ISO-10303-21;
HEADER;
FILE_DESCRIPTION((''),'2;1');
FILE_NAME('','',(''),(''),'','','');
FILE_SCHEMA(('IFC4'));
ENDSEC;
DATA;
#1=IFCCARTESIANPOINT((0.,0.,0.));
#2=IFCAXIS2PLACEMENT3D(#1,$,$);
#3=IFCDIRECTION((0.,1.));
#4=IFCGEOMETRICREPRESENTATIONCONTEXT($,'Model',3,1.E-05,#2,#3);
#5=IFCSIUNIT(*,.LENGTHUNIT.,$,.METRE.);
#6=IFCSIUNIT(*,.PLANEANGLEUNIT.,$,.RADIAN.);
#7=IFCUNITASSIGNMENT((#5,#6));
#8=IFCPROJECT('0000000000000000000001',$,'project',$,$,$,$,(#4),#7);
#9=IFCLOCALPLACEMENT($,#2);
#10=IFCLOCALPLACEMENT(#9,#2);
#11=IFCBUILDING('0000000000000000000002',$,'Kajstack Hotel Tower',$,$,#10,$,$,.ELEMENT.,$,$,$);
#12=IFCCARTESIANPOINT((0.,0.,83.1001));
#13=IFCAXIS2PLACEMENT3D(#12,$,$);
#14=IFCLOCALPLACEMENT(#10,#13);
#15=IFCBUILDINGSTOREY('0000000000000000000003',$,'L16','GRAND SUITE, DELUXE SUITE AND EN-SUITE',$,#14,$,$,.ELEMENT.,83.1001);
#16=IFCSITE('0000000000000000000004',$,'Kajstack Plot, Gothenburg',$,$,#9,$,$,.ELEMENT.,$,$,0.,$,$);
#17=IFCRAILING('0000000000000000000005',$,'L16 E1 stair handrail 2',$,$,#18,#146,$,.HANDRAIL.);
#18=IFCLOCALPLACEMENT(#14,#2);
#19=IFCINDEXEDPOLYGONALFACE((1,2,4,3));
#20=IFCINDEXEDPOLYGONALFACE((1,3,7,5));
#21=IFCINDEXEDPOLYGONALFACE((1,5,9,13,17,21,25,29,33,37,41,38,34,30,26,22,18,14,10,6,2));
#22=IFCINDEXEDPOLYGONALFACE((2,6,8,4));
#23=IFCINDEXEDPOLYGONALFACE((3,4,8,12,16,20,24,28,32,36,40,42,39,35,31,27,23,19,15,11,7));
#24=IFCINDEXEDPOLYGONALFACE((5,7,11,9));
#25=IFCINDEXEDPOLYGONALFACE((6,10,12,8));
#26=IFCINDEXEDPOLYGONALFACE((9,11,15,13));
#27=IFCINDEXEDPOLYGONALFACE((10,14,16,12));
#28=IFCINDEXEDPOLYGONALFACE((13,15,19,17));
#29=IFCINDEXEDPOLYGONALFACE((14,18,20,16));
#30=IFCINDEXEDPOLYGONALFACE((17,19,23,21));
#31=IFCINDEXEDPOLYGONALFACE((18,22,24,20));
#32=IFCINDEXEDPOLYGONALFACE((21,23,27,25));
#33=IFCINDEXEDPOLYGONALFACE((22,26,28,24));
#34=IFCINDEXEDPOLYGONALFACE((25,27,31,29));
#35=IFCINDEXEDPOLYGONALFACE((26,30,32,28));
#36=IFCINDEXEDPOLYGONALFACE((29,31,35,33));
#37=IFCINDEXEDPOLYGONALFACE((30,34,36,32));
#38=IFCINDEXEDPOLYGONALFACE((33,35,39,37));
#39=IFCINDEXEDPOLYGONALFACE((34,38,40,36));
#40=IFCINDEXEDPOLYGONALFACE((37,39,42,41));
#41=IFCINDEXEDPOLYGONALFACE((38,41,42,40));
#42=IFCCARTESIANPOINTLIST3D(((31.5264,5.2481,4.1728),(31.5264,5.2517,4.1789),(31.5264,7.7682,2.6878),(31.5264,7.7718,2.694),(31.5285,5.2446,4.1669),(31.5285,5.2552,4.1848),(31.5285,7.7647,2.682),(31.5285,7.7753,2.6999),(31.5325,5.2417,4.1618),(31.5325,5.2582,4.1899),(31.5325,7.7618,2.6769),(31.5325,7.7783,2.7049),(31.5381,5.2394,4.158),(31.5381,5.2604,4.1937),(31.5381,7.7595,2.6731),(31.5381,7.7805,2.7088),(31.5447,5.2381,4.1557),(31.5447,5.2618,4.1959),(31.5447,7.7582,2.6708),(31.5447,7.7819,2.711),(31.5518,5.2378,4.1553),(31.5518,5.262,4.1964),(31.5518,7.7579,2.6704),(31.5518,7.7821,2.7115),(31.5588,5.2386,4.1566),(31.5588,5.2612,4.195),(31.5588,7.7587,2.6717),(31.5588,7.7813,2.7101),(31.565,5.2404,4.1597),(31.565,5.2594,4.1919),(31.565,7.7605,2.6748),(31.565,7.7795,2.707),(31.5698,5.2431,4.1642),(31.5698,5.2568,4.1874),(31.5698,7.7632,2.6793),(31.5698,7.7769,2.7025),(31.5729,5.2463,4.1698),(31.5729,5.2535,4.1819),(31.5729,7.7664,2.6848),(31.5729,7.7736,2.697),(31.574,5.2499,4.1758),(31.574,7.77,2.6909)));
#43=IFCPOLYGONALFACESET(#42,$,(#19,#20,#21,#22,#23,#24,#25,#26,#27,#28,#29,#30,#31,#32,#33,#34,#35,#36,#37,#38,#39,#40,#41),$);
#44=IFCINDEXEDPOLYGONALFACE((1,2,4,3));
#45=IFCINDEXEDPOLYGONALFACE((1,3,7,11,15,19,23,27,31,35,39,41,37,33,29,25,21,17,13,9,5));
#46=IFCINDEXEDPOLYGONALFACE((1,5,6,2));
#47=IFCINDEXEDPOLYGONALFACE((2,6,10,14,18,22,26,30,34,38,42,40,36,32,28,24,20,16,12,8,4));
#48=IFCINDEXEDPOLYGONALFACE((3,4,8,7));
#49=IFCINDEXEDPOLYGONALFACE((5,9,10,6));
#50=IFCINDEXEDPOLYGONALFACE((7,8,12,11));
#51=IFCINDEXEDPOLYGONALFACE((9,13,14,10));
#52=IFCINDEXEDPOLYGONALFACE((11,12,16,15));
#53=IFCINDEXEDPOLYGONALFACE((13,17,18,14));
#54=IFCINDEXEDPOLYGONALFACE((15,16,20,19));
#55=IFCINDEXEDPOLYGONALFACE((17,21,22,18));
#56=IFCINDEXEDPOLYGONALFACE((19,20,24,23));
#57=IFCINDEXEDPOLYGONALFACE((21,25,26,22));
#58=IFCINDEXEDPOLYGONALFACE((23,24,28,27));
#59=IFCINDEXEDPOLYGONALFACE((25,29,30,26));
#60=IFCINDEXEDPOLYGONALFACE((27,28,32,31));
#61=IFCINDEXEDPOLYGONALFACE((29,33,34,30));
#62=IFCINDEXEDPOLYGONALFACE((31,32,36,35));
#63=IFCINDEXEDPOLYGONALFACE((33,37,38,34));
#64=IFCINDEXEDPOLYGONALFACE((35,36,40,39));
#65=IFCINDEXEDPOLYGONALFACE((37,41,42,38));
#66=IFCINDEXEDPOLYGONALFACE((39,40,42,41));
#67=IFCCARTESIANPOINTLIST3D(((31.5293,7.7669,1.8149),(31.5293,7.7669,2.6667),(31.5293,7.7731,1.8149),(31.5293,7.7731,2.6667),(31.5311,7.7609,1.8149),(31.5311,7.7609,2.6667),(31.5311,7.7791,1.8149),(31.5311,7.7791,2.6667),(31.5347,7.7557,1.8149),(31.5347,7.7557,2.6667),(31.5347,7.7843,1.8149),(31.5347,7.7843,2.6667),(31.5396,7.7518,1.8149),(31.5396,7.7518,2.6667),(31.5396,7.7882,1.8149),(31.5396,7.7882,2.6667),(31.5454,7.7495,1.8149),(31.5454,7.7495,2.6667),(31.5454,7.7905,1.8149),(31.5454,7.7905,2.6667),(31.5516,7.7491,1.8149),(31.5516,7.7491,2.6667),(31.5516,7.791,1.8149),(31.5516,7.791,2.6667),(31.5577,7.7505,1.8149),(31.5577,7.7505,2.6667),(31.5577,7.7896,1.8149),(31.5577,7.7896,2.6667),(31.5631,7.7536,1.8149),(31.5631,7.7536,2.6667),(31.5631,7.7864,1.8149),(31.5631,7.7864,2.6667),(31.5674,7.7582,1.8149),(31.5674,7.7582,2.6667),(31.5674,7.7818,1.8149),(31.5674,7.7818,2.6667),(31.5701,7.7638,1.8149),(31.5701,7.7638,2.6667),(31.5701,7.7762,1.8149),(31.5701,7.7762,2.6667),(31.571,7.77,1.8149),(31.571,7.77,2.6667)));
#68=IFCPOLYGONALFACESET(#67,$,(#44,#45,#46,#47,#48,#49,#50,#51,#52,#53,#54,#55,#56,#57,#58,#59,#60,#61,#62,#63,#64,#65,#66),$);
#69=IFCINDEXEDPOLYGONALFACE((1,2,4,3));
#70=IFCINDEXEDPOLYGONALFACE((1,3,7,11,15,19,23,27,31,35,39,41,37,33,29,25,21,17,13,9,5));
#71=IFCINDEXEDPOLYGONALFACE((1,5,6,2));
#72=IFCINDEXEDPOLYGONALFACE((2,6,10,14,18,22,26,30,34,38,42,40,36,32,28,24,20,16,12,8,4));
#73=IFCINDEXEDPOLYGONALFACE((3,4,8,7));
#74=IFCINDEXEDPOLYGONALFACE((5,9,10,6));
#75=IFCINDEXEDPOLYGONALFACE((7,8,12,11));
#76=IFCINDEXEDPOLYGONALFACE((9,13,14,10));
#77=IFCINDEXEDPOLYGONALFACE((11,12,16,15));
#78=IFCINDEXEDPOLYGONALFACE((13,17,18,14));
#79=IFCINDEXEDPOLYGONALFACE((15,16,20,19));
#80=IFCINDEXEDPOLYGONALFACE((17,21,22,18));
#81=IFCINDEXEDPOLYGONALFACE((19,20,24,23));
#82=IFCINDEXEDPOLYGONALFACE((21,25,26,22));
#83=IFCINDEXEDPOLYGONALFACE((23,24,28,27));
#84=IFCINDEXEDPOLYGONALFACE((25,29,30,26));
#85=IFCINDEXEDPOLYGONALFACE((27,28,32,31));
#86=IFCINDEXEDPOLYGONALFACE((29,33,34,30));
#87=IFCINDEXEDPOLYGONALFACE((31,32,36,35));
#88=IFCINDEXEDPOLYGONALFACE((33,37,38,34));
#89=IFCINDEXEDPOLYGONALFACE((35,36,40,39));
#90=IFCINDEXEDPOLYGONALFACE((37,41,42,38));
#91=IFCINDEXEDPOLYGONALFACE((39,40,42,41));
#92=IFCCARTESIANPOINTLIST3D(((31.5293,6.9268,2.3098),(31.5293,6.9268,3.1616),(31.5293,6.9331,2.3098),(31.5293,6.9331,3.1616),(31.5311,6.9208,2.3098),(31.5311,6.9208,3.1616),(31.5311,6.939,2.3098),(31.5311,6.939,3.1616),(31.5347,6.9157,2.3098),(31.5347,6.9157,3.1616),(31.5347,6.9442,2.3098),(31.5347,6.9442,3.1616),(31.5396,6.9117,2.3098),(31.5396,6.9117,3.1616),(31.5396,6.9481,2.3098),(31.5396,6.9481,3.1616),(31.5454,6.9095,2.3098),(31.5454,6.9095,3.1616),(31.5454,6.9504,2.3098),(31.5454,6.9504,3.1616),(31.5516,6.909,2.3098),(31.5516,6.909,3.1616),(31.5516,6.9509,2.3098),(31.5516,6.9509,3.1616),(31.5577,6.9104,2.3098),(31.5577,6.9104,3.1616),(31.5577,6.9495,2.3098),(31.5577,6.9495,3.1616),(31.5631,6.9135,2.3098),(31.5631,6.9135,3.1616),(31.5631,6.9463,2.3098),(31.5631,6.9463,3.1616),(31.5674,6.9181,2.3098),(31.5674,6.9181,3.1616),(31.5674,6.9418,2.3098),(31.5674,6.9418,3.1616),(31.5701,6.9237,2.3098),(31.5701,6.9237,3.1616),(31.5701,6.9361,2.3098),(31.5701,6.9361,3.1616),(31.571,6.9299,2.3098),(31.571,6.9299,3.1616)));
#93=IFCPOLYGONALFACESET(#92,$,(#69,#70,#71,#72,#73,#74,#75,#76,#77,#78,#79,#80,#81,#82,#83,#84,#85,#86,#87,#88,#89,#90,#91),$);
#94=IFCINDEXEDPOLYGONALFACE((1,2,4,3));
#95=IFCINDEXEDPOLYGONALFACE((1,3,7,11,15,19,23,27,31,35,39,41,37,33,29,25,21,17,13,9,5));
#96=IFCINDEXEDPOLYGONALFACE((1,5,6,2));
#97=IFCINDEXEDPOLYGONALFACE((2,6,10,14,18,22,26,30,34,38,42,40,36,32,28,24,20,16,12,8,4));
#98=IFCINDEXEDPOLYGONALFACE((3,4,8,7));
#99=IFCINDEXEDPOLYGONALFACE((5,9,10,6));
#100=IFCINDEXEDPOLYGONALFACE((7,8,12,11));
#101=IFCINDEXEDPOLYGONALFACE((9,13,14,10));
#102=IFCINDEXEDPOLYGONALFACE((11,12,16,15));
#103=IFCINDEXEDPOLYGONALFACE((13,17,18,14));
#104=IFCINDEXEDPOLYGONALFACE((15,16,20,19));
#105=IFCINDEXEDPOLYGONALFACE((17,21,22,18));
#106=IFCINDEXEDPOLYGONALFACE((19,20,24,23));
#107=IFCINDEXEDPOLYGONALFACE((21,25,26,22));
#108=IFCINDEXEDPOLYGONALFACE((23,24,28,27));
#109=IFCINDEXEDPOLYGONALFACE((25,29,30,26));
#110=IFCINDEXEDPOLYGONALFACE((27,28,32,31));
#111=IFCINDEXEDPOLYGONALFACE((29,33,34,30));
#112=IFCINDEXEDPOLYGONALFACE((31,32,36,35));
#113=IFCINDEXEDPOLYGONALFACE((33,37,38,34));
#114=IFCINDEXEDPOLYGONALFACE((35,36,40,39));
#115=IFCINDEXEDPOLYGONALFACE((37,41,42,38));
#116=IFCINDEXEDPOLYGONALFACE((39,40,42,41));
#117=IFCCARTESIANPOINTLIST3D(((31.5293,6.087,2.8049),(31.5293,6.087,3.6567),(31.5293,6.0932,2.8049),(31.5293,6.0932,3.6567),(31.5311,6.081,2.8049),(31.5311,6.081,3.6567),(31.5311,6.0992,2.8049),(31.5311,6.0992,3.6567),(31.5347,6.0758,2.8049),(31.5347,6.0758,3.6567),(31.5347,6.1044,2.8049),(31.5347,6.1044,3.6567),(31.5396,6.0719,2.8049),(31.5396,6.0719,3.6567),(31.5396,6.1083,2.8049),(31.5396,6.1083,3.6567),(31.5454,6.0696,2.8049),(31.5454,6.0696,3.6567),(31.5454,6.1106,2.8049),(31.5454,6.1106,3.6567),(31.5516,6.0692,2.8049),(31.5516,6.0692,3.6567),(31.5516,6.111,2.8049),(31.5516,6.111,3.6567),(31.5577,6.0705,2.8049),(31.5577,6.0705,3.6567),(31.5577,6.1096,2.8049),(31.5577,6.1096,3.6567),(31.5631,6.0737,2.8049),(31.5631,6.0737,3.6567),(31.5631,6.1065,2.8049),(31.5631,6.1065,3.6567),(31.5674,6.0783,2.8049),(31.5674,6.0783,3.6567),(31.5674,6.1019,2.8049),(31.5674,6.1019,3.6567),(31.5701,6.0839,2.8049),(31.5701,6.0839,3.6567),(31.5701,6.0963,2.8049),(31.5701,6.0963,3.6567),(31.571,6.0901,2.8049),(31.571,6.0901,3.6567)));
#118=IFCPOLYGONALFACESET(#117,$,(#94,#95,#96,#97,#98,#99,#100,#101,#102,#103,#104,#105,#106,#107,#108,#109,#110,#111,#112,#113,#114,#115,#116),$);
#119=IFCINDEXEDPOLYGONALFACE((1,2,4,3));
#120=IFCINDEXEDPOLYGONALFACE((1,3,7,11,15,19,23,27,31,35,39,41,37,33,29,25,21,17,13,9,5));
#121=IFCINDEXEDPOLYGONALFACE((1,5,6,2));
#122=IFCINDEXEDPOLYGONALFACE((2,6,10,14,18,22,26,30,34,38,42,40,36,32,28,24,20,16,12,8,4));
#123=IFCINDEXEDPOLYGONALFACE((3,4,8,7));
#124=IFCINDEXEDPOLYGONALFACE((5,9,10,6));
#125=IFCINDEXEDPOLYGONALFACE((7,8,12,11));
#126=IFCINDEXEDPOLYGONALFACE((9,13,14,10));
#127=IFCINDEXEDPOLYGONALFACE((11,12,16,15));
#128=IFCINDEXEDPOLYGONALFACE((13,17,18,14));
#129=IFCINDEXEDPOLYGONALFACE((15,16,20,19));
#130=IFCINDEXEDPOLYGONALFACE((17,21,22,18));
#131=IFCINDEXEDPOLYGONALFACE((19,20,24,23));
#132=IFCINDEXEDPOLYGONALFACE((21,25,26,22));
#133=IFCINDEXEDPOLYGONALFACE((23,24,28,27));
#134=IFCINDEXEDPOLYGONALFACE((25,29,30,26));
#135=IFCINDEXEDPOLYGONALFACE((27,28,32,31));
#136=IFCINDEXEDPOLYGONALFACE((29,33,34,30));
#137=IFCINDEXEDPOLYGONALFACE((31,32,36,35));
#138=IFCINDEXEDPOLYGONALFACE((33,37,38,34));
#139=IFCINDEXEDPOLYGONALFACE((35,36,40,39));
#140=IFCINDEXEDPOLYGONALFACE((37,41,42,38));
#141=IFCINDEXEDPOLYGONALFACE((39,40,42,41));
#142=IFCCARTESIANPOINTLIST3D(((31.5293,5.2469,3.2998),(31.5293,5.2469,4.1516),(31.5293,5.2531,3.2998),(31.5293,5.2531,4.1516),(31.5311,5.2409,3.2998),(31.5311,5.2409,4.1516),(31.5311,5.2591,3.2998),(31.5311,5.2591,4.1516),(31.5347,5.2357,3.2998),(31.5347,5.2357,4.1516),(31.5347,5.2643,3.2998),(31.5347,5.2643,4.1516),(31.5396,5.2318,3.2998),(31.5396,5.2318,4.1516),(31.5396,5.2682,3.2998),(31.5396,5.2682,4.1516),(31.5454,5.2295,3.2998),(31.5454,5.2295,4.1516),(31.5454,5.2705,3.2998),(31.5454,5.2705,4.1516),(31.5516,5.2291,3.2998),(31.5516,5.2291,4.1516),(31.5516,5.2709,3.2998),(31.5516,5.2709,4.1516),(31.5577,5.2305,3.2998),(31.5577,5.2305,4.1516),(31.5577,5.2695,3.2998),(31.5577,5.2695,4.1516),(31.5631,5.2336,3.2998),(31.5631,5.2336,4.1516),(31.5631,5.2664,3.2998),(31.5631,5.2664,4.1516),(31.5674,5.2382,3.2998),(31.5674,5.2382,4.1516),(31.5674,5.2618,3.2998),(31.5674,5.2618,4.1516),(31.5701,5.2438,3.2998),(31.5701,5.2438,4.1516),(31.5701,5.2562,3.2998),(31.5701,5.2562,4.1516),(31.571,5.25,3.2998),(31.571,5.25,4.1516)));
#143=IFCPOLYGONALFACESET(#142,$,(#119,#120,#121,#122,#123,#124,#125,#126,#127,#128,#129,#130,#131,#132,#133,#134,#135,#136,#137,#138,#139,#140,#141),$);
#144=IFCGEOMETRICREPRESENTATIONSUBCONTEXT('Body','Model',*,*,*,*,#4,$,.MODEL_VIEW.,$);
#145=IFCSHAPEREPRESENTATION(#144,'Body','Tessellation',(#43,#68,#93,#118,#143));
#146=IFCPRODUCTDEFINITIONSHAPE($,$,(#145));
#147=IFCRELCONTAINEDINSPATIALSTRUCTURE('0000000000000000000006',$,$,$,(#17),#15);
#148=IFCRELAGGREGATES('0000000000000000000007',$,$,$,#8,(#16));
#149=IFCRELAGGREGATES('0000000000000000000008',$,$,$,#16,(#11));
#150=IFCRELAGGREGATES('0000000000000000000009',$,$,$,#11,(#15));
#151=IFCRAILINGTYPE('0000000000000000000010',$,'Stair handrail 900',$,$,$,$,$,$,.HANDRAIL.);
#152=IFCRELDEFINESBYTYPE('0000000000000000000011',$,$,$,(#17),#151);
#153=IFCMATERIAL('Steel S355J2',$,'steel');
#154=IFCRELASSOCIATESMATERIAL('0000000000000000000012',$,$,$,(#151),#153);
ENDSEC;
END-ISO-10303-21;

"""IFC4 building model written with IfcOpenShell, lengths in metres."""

from ifc_helpers import new_model, si_unit, direction, frame, origin, origin_2d, place, context, subcontext, project, spatial, circle, extrude, material, type_object, element, save


model = new_model("IFC4")

# Units and contexts
model_context = context("Model", 3, precision=1e-05, world=origin(), true_north=direction((0.0, 1.0)))
body_context = subcontext(model_context, "Body", "Model", "MODEL_VIEW")
ifc_project = project(units=[si_unit("LENGTHUNIT", "METRE"), si_unit("PLANEANGLEUNIT", "RADIAN")], contexts=[model_context])

# Site, building, storey
site_placement = place(None, origin())
site = spatial("IfcSite", under=ifc_project, at=site_placement, Name="Kajstack Plot, Gothenburg", CompositionType="ELEMENT", RefElevation=0.0)
building_placement = place(site_placement, origin())
building = spatial("IfcBuilding", under=site, at=building_placement, Name="Kajstack Hotel Tower", CompositionType="ELEMENT")
storey_placement = place(building_placement, frame((0.0, 0.0, 83.1001)))
storey = spatial("IfcBuildingStorey", under=building, at=storey_placement, Name="L16", Description="GRAND SUITE, DELUXE SUITE AND EN-SUITE", CompositionType="ELEMENT", Elevation=83.1001)

# Railing
ifc_material_1 = material(Name="Steel S355J2", Category="steel")
railing_type_1 = type_object("IfcRailingType", Name="Stair handrail 900", PredefinedType="HANDRAIL", material=ifc_material_1)
railing_1_placement = place(storey_placement, frame((31.55, 7.77, 1.8149)))
element("IfcRailing", 1, at=railing_1_placement, inside=storey, type_object=railing_type_1, Name="L16 E1 stair handrail 2", PredefinedType="HANDRAIL", context=body_context, shape_type="SweptSolid", body=[
    extrude(circle(Radius=0.0239, at=origin_2d()), frame((0.0, 0.0, 0.876), z_axis=(0.0, -0.861561, 0.507655), x_axis=(1.0, 0.0, 0.0)), (0.0, 0.0, 1.0), 2.925),
    extrude(circle(Radius=0.021, at=origin_2d()), origin(), (0.0, 0.0, 1.0), 0.8518),
    extrude(circle(Radius=0.021, at=origin_2d()), frame((0.0, -0.8401, 0.4949)), (0.0, 0.0, 1.0), 0.8518),
    extrude(circle(Radius=0.021, at=origin_2d()), frame((0.0, -1.6799, 0.99)), (0.0, 0.0, 1.0), 0.8518),
    extrude(circle(Radius=0.021, at=origin_2d()), frame((0.0, -2.52, 1.4849)), (0.0, 0.0, 1.0), 0.8518),
])

save(model, "model.ifc")
